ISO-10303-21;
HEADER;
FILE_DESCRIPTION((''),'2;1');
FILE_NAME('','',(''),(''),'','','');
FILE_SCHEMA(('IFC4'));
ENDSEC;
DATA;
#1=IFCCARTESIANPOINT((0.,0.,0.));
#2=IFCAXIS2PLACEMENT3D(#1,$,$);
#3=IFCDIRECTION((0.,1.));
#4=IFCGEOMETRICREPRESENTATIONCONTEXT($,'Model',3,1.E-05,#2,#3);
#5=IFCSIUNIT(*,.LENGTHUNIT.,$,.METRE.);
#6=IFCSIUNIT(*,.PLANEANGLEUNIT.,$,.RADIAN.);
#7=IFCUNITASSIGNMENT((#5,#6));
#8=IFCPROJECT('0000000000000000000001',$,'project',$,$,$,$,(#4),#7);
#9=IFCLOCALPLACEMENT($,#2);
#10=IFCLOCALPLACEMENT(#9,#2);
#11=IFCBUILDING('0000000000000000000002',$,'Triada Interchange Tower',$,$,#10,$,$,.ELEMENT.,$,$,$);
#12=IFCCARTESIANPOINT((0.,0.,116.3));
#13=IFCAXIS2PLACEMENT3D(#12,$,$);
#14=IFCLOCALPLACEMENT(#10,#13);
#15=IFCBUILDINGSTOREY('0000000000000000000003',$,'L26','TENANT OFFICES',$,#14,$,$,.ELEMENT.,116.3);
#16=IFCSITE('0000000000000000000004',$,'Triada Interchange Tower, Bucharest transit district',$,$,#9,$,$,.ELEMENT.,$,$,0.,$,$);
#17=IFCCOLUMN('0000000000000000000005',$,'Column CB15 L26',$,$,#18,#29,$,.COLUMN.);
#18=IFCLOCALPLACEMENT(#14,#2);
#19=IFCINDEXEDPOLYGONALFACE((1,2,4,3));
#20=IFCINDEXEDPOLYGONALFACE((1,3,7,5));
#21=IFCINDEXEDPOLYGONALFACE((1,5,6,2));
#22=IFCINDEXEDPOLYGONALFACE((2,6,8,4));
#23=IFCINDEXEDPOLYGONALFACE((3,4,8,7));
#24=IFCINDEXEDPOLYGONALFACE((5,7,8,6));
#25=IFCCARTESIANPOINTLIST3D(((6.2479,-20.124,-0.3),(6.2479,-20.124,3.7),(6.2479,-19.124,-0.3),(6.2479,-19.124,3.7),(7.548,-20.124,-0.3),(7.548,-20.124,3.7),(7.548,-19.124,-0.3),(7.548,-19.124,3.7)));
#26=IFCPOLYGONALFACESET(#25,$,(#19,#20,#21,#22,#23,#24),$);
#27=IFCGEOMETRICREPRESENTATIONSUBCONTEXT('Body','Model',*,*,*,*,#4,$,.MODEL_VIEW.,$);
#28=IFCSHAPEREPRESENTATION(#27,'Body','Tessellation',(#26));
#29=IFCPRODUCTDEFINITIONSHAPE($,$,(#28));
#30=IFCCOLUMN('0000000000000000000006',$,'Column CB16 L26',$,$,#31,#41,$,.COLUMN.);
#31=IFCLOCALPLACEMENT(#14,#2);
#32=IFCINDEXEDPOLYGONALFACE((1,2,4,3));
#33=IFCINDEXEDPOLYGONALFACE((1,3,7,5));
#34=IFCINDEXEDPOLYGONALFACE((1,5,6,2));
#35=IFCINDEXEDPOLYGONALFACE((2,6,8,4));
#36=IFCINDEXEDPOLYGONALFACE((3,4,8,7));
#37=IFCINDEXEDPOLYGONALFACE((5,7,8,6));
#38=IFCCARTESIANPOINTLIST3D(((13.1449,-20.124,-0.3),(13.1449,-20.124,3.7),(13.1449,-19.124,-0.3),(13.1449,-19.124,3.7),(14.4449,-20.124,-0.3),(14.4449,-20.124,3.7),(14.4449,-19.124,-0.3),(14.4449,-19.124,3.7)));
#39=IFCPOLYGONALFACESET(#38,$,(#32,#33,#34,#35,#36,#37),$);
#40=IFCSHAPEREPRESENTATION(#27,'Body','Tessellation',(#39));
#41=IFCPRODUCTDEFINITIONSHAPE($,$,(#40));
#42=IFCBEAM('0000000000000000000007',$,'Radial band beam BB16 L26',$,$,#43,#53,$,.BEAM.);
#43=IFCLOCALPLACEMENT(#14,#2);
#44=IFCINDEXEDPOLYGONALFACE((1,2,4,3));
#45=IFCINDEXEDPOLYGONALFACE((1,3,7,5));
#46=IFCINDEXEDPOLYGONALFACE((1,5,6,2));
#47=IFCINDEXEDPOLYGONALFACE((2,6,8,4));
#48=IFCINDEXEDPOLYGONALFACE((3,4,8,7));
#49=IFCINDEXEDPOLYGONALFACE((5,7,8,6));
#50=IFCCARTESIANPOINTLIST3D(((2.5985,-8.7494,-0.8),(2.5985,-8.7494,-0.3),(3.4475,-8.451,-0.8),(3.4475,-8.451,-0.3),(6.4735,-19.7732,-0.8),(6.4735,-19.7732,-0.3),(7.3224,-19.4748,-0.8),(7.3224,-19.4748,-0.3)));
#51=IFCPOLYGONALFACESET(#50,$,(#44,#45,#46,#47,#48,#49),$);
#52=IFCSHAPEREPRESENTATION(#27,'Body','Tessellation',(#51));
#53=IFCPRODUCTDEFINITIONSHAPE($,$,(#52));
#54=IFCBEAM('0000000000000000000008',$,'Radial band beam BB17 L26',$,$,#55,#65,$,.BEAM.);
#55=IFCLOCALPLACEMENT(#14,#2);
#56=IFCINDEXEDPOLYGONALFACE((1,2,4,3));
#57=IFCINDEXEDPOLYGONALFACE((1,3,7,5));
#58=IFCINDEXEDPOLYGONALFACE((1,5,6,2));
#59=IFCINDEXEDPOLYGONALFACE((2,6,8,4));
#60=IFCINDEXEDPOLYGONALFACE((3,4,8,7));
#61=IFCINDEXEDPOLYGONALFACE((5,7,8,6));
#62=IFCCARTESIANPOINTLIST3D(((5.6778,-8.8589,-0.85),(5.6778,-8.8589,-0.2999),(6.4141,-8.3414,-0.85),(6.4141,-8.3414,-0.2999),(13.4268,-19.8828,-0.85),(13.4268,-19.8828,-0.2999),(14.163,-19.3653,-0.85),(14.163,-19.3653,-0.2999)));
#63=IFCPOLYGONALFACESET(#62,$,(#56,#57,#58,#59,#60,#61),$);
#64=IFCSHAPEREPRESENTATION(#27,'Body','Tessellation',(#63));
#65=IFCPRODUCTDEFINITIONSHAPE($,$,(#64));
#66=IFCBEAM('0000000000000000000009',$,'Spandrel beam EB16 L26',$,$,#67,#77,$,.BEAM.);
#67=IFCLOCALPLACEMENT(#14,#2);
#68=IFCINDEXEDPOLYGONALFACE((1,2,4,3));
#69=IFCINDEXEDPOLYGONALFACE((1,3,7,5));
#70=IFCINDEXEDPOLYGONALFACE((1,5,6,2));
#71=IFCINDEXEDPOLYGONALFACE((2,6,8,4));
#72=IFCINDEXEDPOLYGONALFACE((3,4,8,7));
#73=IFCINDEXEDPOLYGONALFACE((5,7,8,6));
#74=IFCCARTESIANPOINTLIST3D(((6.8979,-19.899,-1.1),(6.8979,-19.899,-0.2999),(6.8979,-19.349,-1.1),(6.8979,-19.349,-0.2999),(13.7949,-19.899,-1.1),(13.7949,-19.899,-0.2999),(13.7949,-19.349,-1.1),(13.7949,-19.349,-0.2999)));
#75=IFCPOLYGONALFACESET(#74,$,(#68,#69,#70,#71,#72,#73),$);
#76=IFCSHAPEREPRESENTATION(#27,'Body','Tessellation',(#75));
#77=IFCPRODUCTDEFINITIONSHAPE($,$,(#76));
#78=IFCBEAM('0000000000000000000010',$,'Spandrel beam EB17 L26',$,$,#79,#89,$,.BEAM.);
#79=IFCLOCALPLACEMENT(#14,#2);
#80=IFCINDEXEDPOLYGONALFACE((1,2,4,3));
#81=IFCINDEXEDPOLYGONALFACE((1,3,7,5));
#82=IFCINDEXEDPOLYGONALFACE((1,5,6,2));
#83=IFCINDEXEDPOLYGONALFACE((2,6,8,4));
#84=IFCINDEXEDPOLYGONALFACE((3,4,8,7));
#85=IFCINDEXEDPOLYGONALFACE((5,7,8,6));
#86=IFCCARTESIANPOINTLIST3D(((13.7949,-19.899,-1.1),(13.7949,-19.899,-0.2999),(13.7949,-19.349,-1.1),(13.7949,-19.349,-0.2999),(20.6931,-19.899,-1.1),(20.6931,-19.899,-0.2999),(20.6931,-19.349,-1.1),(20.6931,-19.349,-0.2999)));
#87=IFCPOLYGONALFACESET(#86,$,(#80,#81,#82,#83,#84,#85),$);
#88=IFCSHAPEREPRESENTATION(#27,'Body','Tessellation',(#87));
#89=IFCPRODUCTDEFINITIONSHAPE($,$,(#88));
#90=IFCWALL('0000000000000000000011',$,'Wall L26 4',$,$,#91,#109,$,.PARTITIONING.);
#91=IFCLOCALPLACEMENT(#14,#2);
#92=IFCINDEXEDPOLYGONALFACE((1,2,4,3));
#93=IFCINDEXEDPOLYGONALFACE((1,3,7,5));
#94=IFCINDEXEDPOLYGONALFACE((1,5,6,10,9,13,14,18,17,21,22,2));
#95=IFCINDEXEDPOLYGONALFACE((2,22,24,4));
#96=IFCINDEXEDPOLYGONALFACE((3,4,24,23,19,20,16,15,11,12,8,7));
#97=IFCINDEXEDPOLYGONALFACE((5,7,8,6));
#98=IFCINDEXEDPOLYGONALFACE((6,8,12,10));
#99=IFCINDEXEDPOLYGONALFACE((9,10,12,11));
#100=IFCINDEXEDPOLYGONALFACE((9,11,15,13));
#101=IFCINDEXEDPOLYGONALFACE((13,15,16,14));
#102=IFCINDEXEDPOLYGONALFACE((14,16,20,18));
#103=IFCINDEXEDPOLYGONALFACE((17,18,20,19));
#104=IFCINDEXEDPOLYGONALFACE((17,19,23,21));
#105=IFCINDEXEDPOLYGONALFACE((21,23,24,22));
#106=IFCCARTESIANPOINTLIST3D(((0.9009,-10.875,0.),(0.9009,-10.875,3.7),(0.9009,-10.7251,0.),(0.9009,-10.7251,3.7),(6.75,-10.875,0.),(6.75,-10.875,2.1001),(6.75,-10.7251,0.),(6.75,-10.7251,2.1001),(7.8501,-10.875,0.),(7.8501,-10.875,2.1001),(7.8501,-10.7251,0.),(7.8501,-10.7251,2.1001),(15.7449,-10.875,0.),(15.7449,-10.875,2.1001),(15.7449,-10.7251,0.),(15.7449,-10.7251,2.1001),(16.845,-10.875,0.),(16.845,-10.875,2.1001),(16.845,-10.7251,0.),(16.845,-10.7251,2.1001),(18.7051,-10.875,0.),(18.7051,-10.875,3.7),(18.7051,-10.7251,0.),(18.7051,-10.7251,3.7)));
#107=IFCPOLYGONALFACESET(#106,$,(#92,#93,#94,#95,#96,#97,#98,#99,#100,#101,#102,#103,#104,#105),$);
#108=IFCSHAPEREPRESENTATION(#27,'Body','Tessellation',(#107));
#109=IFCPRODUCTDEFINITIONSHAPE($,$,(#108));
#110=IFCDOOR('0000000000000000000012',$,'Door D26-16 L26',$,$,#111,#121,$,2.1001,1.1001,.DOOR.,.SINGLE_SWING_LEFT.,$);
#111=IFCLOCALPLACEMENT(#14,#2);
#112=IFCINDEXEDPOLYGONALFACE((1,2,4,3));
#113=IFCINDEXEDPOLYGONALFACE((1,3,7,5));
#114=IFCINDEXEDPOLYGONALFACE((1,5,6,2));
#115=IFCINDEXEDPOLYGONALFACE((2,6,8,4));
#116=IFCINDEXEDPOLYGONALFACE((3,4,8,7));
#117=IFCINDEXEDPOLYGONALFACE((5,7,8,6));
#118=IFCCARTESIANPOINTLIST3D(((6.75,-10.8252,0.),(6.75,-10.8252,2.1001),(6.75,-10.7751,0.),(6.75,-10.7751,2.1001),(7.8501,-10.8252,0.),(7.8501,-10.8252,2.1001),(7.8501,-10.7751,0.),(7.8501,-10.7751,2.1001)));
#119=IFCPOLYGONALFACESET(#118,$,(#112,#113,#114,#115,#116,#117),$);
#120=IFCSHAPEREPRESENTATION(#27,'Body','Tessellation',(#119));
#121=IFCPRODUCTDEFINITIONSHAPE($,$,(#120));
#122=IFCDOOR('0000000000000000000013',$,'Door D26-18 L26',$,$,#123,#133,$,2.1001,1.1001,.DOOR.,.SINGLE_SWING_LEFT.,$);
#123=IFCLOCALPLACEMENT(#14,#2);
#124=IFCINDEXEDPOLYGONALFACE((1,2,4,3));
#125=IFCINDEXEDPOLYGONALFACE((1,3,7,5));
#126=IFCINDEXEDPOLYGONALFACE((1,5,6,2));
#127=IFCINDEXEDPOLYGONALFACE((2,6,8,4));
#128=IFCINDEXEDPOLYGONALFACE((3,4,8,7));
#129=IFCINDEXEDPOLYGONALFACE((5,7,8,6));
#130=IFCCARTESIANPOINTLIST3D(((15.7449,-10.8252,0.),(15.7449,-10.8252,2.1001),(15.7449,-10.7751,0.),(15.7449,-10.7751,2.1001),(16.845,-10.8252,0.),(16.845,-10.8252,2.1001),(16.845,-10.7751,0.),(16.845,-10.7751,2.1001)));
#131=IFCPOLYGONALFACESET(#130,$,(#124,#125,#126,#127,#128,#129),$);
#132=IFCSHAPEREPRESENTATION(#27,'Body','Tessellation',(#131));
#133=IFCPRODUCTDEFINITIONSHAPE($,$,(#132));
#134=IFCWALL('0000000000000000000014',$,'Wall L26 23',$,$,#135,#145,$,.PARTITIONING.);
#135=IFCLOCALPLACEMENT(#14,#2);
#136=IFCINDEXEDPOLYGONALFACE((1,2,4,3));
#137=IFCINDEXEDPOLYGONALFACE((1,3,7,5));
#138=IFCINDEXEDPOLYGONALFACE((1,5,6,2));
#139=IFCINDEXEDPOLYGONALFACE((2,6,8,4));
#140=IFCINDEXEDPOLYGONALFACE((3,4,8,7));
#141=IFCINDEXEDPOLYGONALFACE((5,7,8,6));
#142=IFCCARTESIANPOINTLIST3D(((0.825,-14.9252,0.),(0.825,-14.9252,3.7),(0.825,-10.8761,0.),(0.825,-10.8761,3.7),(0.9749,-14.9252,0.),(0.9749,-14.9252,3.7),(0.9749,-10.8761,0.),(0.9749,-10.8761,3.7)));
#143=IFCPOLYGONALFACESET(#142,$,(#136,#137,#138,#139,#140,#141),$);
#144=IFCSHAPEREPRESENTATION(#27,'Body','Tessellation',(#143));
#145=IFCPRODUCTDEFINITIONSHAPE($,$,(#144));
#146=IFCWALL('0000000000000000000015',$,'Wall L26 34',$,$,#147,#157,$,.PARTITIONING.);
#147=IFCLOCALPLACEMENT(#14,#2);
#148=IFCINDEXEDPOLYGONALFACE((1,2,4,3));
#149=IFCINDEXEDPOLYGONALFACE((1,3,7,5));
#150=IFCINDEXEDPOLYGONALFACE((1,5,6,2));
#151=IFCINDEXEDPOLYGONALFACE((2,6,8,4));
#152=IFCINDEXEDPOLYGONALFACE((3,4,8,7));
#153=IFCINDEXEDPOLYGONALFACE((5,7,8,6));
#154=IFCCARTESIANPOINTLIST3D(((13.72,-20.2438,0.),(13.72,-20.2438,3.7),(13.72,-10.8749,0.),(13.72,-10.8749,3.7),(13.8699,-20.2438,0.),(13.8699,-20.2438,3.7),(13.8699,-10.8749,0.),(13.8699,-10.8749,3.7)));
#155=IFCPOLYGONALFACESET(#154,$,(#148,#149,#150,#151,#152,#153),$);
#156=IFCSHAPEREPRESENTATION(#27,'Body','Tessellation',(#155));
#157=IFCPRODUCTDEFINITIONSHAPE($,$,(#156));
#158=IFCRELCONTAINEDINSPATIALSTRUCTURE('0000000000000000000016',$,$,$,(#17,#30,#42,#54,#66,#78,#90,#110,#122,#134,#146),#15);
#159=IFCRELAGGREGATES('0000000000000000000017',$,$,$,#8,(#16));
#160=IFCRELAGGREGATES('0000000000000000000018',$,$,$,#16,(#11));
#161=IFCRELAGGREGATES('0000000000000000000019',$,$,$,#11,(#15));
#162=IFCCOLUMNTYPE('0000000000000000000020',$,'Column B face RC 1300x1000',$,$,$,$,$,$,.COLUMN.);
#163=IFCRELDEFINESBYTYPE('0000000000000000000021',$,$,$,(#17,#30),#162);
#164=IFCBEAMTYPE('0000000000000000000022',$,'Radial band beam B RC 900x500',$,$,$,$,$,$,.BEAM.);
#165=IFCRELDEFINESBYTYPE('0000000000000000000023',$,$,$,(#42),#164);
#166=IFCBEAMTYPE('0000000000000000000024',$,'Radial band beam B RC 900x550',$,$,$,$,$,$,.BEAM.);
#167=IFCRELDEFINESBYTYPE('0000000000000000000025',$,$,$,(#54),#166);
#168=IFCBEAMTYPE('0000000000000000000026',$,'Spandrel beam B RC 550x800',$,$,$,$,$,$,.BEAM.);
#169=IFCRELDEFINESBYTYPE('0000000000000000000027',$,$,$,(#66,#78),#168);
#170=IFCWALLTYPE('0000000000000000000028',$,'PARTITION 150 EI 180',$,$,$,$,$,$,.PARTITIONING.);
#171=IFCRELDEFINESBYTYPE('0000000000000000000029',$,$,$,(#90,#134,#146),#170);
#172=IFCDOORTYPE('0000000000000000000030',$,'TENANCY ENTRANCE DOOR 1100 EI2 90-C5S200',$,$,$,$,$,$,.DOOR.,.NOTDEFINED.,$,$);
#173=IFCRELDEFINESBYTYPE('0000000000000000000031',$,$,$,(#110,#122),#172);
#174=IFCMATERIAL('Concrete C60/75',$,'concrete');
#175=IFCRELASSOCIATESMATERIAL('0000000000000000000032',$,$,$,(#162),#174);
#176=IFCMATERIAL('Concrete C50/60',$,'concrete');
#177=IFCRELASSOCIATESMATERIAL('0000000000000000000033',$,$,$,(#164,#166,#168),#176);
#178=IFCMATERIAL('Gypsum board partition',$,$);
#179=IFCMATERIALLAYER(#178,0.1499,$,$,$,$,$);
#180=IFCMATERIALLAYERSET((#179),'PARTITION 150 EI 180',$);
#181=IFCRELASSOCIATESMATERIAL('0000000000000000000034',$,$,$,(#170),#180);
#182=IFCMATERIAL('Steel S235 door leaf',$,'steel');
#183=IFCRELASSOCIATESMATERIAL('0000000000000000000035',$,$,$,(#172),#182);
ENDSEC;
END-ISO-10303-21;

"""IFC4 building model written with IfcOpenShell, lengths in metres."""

from ifc_helpers import new_model, si_unit, direction, frame, frame_2d, origin, origin_2d, place, context, subcontext, project, spatial, rectangle, extrude, material, layer, layer_set, material_profile, profile_set, type_object, element, fill, save


model = new_model("IFC4")

# Units and contexts
model_context = context("Model", 3, precision=1e-05, world=origin(), true_north=direction((0.0, 1.0)))
body_context = subcontext(model_context, "Body", "Model", "MODEL_VIEW")
ifc_project = project(units=[si_unit("LENGTHUNIT", "METRE"), si_unit("PLANEANGLEUNIT", "RADIAN")], contexts=[model_context])

# Site, building, storey
site_placement = place(None, origin())
site = spatial("IfcSite", under=ifc_project, at=site_placement, Name="Triada Interchange Tower, Bucharest transit district", CompositionType="ELEMENT", RefElevation=0.0)
building_placement = place(site_placement, origin())
building = spatial("IfcBuilding", under=site, at=building_placement, Name="Triada Interchange Tower", CompositionType="ELEMENT")
storey_placement = place(building_placement, frame((0.0, 0.0, 116.3)))
storey = spatial("IfcBuildingStorey", under=building, at=storey_placement, Name="L26", Description="TENANT OFFICES", CompositionType="ELEMENT", Elevation=116.3)

# Columns
ifc_material_1 = material(Name="Concrete C60/75", Category="concrete")
ifc_material_profile_1 = material_profile(ifc_material_1, rectangle(XDim=1.3, YDim=1.0, at=origin_2d()), Name="RC 1300x1000")
ifc_profile_set_1 = profile_set([ifc_material_profile_1], Name="Concrete C60/75")
column_type = type_object("IfcColumnType", Name="Column B face RC 1300x1000", PredefinedType="COLUMN", material=ifc_profile_set_1)
for number, where, z_axis, x_axis, name in (
    (1, (6.8979, -19.624, -0.3), (0.0, 0.0, 1.0), (1.0, 0.0, 0.0), "Column CB15 L26"),
    (2, (13.7949, -19.624, -0.3), (0.0, 0.0, 1.0), (1.0, 0.0, 0.0), "Column CB16 L26"),
):
    element("IfcColumn", number, at=place(storey_placement, frame(where, z_axis=z_axis, x_axis=x_axis)), inside=storey, type_object=column_type, Name=name, PredefinedType="COLUMN", context=body_context, shape_type="SweptSolid", body=[
        extrude(rectangle(XDim=1.3, YDim=1.0, at=origin_2d()), origin(), (0.0, 0.0, 1.0), 4.0),
    ])

# Beams
ifc_material_2 = material(Name="Concrete C50/60", Category="concrete")
ifc_material_profile_2 = material_profile(ifc_material_2, rectangle(XDim=0.8999, YDim=0.5, at=origin_2d()), Name="RC 900x500")
ifc_profile_set_2 = profile_set([ifc_material_profile_2], Name="Concrete C50/60")
beam_type_1 = type_object("IfcBeamType", Name="Radial band beam B RC 900x500", PredefinedType="BEAM", material=ifc_profile_set_2)
beam_1_placement = place(storey_placement, frame((6.8979, -19.624, -0.55), z_axis=(-0.331618, 0.943414, 0.0), x_axis=(-0.943414, -0.331618, 0.0)))
element("IfcBeam", 3, at=beam_1_placement, inside=storey, type_object=beam_type_1, Name="Radial band beam BB16 L26", PredefinedType="BEAM", context=body_context, shape_type="SweptSolid", body=[
    extrude(rectangle(XDim=0.8999, YDim=0.5, at=origin_2d()), origin(), (0.0, 0.0, 1.0), 11.6851),
])
ifc_material_profile_3 = material_profile(ifc_material_2, rectangle(XDim=0.8999, YDim=0.55, at=origin_2d()), Name="RC 900x550")
ifc_profile_set_3 = profile_set([ifc_material_profile_3], Name="Concrete C50/60")
beam_type_2 = type_object("IfcBeamType", Name="Radial band beam B RC 900x550", PredefinedType="BEAM", material=ifc_profile_set_3)
beam_2_placement = place(storey_placement, frame((13.7949, -19.624, -0.575), z_axis=(-0.575069, 0.818105, 0.0), x_axis=(-0.818105, -0.575069, 0.0)))
element("IfcBeam", 4, at=beam_2_placement, inside=storey, type_object=beam_type_2, Name="Radial band beam BB17 L26", PredefinedType="BEAM", context=body_context, shape_type="SweptSolid", body=[
    extrude(rectangle(XDim=0.8999, YDim=0.55, at=origin_2d()), origin(), (0.0, 0.0, 1.0), 13.4749),
])
ifc_material_profile_4 = material_profile(ifc_material_2, rectangle(XDim=0.55, YDim=0.8, at=origin_2d()), Name="RC 550x800")
ifc_profile_set_4 = profile_set([ifc_material_profile_4], Name="Concrete C50/60")
beam_type_3 = type_object("IfcBeamType", Name="Spandrel beam B RC 550x800", PredefinedType="BEAM", material=ifc_profile_set_4)
beam_3_placement = place(storey_placement, frame((6.8979, -19.624, -0.7), z_axis=(1.0, 0.0, 0.0), x_axis=(0.0, 1.0, 0.0)))
element("IfcBeam", 5, at=beam_3_placement, inside=storey, type_object=beam_type_3, Name="Spandrel beam EB16 L26", PredefinedType="BEAM", context=body_context, shape_type="SweptSolid", body=[
    extrude(rectangle(XDim=0.55, YDim=0.8, at=origin_2d()), origin(), (0.0, 0.0, 1.0), 6.897),
])
beam_4_placement = place(storey_placement, frame((13.7949, -19.624, -0.7), z_axis=(1.0, 0.0, 0.0), x_axis=(0.0, 1.0, 0.0)))
element("IfcBeam", 6, at=beam_4_placement, inside=storey, type_object=beam_type_3, Name="Spandrel beam EB17 L26", PredefinedType="BEAM", context=body_context, shape_type="SweptSolid", body=[
    extrude(rectangle(XDim=0.55, YDim=0.8, at=origin_2d()), origin(), (0.0, 0.0, 1.0), 6.8982),
])

# Wall, openings, doors
ifc_material_3 = material(Name="Gypsum board partition")
ifc_layer_1 = layer(ifc_material_3, 0.1499)
ifc_layer_set_1 = layer_set([ifc_layer_1], Name="PARTITION 150 EI 180")
wall_type_1 = type_object("IfcWallType", Name="PARTITION 150 EI 180", PredefinedType="PARTITIONING", material=ifc_layer_set_1)
wall_1_placement = place(storey_placement, frame((0.9009, -10.8, 0.0), z_axis=(0.0, 0.0, 1.0), x_axis=(1.0, 0.0, 0.0)))
wall_1 = element("IfcWall", 7, at=wall_1_placement, inside=storey, type_object=wall_type_1, Name="Wall L26 4", PredefinedType="PARTITIONING", context=body_context, shape_type="SweptSolid", body=[
    extrude(rectangle(XDim=17.8042, YDim=0.1499, at=frame_2d((8.9021, 0.0))), origin(), (0.0, 0.0, 1.0), 3.7),
])
opening_1_placement = place(wall_1_placement, frame((5.8491, 0.0, 0.0)))
opening_1 = element("IfcOpeningElement", 8, at=opening_1_placement, cuts=wall_1, PredefinedType="OPENING", context=body_context, shape_type="SweptSolid", body=[
    extrude(rectangle(XDim=1.1001, YDim=2.1001, at=frame_2d((0.55, 1.05))), frame((0.0, 0.085, 0.0), z_axis=(0.0, -1.0, 0.0), x_axis=(1.0, 0.0, 0.0)), (0.0, 0.0, 1.0), 0.1699),
])
opening_2_placement = place(wall_1_placement, frame((14.844, 0.0, 0.0)))
opening_2 = element("IfcOpeningElement", 9, at=opening_2_placement, cuts=wall_1, PredefinedType="OPENING", context=body_context, shape_type="SweptSolid", body=[
    extrude(rectangle(XDim=1.1001, YDim=2.1001, at=frame_2d((0.55, 1.05))), frame((0.0, 0.085, 0.0), z_axis=(0.0, -1.0, 0.0), x_axis=(1.0, 0.0, 0.0)), (0.0, 0.0, 1.0), 0.1699),
])
ifc_material_4 = material(Name="Steel S235 door leaf", Category="steel")
door_type_1 = type_object("IfcDoorType", Name="TENANCY ENTRANCE DOOR 1100 EI2 90-C5S200", OperationType="NOTDEFINED", PredefinedType="DOOR", material=ifc_material_4)
door_1_placement = place(opening_1_placement, origin())
door_1 = element("IfcDoor", 10, at=door_1_placement, inside=storey, type_object=door_type_1, Name="Door D26-16 L26", OperationType="SINGLE_SWING_LEFT", OverallHeight=2.1001, OverallWidth=1.1001, PredefinedType="DOOR", context=body_context, shape_type="SweptSolid", body=[
    extrude(rectangle(XDim=1.1001, YDim=2.1001, at=frame_2d((0.55, 1.05))), frame((0.0, 0.0249, 0.0), z_axis=(0.0, -1.0, 0.0), x_axis=(1.0, 0.0, 0.0)), (0.0, 0.0, 1.0), 0.05),
])
fill(opening_1, door_1)
door_2_placement = place(opening_2_placement, origin())
door_2 = element("IfcDoor", 11, at=door_2_placement, inside=storey, type_object=door_type_1, Name="Door D26-18 L26", OperationType="SINGLE_SWING_LEFT", OverallHeight=2.1001, OverallWidth=1.1001, PredefinedType="DOOR", context=body_context, shape_type="SweptSolid", body=[
    extrude(rectangle(XDim=1.1001, YDim=2.1001, at=frame_2d((0.55, 1.05))), frame((0.0, 0.0249, 0.0), z_axis=(0.0, -1.0, 0.0), x_axis=(1.0, 0.0, 0.0)), (0.0, 0.0, 1.0), 0.05),
])
fill(opening_2, door_2)

# Walls
wall_2_placement = place(storey_placement, frame((0.8999, -14.925, 0.0), z_axis=(0.0, 0.0, 1.0), x_axis=(0.0, 1.0, 0.0)))
element("IfcWall", 12, at=wall_2_placement, inside=storey, type_object=wall_type_1, Name="Wall L26 23", PredefinedType="PARTITIONING", context=body_context, shape_type="SweptSolid", body=[
    extrude(rectangle(XDim=4.0491, YDim=0.1499, at=frame_2d((2.0244, 0.0))), origin(), (0.0, 0.0, 1.0), 3.7),
])
wall_3_placement = place(storey_placement, frame((13.7949, -20.2439, 0.0), z_axis=(0.0, 0.0, 1.0), x_axis=(0.0, 1.0, 0.0)))
element("IfcWall", 13, at=wall_3_placement, inside=storey, type_object=wall_type_1, Name="Wall L26 34", PredefinedType="PARTITIONING", context=body_context, shape_type="SweptSolid", body=[
    extrude(rectangle(XDim=9.3689, YDim=0.1499, at=frame_2d((4.6846, 0.0))), origin(), (0.0, 0.0, 1.0), 3.7),
])

save(model, "model.ifc")
